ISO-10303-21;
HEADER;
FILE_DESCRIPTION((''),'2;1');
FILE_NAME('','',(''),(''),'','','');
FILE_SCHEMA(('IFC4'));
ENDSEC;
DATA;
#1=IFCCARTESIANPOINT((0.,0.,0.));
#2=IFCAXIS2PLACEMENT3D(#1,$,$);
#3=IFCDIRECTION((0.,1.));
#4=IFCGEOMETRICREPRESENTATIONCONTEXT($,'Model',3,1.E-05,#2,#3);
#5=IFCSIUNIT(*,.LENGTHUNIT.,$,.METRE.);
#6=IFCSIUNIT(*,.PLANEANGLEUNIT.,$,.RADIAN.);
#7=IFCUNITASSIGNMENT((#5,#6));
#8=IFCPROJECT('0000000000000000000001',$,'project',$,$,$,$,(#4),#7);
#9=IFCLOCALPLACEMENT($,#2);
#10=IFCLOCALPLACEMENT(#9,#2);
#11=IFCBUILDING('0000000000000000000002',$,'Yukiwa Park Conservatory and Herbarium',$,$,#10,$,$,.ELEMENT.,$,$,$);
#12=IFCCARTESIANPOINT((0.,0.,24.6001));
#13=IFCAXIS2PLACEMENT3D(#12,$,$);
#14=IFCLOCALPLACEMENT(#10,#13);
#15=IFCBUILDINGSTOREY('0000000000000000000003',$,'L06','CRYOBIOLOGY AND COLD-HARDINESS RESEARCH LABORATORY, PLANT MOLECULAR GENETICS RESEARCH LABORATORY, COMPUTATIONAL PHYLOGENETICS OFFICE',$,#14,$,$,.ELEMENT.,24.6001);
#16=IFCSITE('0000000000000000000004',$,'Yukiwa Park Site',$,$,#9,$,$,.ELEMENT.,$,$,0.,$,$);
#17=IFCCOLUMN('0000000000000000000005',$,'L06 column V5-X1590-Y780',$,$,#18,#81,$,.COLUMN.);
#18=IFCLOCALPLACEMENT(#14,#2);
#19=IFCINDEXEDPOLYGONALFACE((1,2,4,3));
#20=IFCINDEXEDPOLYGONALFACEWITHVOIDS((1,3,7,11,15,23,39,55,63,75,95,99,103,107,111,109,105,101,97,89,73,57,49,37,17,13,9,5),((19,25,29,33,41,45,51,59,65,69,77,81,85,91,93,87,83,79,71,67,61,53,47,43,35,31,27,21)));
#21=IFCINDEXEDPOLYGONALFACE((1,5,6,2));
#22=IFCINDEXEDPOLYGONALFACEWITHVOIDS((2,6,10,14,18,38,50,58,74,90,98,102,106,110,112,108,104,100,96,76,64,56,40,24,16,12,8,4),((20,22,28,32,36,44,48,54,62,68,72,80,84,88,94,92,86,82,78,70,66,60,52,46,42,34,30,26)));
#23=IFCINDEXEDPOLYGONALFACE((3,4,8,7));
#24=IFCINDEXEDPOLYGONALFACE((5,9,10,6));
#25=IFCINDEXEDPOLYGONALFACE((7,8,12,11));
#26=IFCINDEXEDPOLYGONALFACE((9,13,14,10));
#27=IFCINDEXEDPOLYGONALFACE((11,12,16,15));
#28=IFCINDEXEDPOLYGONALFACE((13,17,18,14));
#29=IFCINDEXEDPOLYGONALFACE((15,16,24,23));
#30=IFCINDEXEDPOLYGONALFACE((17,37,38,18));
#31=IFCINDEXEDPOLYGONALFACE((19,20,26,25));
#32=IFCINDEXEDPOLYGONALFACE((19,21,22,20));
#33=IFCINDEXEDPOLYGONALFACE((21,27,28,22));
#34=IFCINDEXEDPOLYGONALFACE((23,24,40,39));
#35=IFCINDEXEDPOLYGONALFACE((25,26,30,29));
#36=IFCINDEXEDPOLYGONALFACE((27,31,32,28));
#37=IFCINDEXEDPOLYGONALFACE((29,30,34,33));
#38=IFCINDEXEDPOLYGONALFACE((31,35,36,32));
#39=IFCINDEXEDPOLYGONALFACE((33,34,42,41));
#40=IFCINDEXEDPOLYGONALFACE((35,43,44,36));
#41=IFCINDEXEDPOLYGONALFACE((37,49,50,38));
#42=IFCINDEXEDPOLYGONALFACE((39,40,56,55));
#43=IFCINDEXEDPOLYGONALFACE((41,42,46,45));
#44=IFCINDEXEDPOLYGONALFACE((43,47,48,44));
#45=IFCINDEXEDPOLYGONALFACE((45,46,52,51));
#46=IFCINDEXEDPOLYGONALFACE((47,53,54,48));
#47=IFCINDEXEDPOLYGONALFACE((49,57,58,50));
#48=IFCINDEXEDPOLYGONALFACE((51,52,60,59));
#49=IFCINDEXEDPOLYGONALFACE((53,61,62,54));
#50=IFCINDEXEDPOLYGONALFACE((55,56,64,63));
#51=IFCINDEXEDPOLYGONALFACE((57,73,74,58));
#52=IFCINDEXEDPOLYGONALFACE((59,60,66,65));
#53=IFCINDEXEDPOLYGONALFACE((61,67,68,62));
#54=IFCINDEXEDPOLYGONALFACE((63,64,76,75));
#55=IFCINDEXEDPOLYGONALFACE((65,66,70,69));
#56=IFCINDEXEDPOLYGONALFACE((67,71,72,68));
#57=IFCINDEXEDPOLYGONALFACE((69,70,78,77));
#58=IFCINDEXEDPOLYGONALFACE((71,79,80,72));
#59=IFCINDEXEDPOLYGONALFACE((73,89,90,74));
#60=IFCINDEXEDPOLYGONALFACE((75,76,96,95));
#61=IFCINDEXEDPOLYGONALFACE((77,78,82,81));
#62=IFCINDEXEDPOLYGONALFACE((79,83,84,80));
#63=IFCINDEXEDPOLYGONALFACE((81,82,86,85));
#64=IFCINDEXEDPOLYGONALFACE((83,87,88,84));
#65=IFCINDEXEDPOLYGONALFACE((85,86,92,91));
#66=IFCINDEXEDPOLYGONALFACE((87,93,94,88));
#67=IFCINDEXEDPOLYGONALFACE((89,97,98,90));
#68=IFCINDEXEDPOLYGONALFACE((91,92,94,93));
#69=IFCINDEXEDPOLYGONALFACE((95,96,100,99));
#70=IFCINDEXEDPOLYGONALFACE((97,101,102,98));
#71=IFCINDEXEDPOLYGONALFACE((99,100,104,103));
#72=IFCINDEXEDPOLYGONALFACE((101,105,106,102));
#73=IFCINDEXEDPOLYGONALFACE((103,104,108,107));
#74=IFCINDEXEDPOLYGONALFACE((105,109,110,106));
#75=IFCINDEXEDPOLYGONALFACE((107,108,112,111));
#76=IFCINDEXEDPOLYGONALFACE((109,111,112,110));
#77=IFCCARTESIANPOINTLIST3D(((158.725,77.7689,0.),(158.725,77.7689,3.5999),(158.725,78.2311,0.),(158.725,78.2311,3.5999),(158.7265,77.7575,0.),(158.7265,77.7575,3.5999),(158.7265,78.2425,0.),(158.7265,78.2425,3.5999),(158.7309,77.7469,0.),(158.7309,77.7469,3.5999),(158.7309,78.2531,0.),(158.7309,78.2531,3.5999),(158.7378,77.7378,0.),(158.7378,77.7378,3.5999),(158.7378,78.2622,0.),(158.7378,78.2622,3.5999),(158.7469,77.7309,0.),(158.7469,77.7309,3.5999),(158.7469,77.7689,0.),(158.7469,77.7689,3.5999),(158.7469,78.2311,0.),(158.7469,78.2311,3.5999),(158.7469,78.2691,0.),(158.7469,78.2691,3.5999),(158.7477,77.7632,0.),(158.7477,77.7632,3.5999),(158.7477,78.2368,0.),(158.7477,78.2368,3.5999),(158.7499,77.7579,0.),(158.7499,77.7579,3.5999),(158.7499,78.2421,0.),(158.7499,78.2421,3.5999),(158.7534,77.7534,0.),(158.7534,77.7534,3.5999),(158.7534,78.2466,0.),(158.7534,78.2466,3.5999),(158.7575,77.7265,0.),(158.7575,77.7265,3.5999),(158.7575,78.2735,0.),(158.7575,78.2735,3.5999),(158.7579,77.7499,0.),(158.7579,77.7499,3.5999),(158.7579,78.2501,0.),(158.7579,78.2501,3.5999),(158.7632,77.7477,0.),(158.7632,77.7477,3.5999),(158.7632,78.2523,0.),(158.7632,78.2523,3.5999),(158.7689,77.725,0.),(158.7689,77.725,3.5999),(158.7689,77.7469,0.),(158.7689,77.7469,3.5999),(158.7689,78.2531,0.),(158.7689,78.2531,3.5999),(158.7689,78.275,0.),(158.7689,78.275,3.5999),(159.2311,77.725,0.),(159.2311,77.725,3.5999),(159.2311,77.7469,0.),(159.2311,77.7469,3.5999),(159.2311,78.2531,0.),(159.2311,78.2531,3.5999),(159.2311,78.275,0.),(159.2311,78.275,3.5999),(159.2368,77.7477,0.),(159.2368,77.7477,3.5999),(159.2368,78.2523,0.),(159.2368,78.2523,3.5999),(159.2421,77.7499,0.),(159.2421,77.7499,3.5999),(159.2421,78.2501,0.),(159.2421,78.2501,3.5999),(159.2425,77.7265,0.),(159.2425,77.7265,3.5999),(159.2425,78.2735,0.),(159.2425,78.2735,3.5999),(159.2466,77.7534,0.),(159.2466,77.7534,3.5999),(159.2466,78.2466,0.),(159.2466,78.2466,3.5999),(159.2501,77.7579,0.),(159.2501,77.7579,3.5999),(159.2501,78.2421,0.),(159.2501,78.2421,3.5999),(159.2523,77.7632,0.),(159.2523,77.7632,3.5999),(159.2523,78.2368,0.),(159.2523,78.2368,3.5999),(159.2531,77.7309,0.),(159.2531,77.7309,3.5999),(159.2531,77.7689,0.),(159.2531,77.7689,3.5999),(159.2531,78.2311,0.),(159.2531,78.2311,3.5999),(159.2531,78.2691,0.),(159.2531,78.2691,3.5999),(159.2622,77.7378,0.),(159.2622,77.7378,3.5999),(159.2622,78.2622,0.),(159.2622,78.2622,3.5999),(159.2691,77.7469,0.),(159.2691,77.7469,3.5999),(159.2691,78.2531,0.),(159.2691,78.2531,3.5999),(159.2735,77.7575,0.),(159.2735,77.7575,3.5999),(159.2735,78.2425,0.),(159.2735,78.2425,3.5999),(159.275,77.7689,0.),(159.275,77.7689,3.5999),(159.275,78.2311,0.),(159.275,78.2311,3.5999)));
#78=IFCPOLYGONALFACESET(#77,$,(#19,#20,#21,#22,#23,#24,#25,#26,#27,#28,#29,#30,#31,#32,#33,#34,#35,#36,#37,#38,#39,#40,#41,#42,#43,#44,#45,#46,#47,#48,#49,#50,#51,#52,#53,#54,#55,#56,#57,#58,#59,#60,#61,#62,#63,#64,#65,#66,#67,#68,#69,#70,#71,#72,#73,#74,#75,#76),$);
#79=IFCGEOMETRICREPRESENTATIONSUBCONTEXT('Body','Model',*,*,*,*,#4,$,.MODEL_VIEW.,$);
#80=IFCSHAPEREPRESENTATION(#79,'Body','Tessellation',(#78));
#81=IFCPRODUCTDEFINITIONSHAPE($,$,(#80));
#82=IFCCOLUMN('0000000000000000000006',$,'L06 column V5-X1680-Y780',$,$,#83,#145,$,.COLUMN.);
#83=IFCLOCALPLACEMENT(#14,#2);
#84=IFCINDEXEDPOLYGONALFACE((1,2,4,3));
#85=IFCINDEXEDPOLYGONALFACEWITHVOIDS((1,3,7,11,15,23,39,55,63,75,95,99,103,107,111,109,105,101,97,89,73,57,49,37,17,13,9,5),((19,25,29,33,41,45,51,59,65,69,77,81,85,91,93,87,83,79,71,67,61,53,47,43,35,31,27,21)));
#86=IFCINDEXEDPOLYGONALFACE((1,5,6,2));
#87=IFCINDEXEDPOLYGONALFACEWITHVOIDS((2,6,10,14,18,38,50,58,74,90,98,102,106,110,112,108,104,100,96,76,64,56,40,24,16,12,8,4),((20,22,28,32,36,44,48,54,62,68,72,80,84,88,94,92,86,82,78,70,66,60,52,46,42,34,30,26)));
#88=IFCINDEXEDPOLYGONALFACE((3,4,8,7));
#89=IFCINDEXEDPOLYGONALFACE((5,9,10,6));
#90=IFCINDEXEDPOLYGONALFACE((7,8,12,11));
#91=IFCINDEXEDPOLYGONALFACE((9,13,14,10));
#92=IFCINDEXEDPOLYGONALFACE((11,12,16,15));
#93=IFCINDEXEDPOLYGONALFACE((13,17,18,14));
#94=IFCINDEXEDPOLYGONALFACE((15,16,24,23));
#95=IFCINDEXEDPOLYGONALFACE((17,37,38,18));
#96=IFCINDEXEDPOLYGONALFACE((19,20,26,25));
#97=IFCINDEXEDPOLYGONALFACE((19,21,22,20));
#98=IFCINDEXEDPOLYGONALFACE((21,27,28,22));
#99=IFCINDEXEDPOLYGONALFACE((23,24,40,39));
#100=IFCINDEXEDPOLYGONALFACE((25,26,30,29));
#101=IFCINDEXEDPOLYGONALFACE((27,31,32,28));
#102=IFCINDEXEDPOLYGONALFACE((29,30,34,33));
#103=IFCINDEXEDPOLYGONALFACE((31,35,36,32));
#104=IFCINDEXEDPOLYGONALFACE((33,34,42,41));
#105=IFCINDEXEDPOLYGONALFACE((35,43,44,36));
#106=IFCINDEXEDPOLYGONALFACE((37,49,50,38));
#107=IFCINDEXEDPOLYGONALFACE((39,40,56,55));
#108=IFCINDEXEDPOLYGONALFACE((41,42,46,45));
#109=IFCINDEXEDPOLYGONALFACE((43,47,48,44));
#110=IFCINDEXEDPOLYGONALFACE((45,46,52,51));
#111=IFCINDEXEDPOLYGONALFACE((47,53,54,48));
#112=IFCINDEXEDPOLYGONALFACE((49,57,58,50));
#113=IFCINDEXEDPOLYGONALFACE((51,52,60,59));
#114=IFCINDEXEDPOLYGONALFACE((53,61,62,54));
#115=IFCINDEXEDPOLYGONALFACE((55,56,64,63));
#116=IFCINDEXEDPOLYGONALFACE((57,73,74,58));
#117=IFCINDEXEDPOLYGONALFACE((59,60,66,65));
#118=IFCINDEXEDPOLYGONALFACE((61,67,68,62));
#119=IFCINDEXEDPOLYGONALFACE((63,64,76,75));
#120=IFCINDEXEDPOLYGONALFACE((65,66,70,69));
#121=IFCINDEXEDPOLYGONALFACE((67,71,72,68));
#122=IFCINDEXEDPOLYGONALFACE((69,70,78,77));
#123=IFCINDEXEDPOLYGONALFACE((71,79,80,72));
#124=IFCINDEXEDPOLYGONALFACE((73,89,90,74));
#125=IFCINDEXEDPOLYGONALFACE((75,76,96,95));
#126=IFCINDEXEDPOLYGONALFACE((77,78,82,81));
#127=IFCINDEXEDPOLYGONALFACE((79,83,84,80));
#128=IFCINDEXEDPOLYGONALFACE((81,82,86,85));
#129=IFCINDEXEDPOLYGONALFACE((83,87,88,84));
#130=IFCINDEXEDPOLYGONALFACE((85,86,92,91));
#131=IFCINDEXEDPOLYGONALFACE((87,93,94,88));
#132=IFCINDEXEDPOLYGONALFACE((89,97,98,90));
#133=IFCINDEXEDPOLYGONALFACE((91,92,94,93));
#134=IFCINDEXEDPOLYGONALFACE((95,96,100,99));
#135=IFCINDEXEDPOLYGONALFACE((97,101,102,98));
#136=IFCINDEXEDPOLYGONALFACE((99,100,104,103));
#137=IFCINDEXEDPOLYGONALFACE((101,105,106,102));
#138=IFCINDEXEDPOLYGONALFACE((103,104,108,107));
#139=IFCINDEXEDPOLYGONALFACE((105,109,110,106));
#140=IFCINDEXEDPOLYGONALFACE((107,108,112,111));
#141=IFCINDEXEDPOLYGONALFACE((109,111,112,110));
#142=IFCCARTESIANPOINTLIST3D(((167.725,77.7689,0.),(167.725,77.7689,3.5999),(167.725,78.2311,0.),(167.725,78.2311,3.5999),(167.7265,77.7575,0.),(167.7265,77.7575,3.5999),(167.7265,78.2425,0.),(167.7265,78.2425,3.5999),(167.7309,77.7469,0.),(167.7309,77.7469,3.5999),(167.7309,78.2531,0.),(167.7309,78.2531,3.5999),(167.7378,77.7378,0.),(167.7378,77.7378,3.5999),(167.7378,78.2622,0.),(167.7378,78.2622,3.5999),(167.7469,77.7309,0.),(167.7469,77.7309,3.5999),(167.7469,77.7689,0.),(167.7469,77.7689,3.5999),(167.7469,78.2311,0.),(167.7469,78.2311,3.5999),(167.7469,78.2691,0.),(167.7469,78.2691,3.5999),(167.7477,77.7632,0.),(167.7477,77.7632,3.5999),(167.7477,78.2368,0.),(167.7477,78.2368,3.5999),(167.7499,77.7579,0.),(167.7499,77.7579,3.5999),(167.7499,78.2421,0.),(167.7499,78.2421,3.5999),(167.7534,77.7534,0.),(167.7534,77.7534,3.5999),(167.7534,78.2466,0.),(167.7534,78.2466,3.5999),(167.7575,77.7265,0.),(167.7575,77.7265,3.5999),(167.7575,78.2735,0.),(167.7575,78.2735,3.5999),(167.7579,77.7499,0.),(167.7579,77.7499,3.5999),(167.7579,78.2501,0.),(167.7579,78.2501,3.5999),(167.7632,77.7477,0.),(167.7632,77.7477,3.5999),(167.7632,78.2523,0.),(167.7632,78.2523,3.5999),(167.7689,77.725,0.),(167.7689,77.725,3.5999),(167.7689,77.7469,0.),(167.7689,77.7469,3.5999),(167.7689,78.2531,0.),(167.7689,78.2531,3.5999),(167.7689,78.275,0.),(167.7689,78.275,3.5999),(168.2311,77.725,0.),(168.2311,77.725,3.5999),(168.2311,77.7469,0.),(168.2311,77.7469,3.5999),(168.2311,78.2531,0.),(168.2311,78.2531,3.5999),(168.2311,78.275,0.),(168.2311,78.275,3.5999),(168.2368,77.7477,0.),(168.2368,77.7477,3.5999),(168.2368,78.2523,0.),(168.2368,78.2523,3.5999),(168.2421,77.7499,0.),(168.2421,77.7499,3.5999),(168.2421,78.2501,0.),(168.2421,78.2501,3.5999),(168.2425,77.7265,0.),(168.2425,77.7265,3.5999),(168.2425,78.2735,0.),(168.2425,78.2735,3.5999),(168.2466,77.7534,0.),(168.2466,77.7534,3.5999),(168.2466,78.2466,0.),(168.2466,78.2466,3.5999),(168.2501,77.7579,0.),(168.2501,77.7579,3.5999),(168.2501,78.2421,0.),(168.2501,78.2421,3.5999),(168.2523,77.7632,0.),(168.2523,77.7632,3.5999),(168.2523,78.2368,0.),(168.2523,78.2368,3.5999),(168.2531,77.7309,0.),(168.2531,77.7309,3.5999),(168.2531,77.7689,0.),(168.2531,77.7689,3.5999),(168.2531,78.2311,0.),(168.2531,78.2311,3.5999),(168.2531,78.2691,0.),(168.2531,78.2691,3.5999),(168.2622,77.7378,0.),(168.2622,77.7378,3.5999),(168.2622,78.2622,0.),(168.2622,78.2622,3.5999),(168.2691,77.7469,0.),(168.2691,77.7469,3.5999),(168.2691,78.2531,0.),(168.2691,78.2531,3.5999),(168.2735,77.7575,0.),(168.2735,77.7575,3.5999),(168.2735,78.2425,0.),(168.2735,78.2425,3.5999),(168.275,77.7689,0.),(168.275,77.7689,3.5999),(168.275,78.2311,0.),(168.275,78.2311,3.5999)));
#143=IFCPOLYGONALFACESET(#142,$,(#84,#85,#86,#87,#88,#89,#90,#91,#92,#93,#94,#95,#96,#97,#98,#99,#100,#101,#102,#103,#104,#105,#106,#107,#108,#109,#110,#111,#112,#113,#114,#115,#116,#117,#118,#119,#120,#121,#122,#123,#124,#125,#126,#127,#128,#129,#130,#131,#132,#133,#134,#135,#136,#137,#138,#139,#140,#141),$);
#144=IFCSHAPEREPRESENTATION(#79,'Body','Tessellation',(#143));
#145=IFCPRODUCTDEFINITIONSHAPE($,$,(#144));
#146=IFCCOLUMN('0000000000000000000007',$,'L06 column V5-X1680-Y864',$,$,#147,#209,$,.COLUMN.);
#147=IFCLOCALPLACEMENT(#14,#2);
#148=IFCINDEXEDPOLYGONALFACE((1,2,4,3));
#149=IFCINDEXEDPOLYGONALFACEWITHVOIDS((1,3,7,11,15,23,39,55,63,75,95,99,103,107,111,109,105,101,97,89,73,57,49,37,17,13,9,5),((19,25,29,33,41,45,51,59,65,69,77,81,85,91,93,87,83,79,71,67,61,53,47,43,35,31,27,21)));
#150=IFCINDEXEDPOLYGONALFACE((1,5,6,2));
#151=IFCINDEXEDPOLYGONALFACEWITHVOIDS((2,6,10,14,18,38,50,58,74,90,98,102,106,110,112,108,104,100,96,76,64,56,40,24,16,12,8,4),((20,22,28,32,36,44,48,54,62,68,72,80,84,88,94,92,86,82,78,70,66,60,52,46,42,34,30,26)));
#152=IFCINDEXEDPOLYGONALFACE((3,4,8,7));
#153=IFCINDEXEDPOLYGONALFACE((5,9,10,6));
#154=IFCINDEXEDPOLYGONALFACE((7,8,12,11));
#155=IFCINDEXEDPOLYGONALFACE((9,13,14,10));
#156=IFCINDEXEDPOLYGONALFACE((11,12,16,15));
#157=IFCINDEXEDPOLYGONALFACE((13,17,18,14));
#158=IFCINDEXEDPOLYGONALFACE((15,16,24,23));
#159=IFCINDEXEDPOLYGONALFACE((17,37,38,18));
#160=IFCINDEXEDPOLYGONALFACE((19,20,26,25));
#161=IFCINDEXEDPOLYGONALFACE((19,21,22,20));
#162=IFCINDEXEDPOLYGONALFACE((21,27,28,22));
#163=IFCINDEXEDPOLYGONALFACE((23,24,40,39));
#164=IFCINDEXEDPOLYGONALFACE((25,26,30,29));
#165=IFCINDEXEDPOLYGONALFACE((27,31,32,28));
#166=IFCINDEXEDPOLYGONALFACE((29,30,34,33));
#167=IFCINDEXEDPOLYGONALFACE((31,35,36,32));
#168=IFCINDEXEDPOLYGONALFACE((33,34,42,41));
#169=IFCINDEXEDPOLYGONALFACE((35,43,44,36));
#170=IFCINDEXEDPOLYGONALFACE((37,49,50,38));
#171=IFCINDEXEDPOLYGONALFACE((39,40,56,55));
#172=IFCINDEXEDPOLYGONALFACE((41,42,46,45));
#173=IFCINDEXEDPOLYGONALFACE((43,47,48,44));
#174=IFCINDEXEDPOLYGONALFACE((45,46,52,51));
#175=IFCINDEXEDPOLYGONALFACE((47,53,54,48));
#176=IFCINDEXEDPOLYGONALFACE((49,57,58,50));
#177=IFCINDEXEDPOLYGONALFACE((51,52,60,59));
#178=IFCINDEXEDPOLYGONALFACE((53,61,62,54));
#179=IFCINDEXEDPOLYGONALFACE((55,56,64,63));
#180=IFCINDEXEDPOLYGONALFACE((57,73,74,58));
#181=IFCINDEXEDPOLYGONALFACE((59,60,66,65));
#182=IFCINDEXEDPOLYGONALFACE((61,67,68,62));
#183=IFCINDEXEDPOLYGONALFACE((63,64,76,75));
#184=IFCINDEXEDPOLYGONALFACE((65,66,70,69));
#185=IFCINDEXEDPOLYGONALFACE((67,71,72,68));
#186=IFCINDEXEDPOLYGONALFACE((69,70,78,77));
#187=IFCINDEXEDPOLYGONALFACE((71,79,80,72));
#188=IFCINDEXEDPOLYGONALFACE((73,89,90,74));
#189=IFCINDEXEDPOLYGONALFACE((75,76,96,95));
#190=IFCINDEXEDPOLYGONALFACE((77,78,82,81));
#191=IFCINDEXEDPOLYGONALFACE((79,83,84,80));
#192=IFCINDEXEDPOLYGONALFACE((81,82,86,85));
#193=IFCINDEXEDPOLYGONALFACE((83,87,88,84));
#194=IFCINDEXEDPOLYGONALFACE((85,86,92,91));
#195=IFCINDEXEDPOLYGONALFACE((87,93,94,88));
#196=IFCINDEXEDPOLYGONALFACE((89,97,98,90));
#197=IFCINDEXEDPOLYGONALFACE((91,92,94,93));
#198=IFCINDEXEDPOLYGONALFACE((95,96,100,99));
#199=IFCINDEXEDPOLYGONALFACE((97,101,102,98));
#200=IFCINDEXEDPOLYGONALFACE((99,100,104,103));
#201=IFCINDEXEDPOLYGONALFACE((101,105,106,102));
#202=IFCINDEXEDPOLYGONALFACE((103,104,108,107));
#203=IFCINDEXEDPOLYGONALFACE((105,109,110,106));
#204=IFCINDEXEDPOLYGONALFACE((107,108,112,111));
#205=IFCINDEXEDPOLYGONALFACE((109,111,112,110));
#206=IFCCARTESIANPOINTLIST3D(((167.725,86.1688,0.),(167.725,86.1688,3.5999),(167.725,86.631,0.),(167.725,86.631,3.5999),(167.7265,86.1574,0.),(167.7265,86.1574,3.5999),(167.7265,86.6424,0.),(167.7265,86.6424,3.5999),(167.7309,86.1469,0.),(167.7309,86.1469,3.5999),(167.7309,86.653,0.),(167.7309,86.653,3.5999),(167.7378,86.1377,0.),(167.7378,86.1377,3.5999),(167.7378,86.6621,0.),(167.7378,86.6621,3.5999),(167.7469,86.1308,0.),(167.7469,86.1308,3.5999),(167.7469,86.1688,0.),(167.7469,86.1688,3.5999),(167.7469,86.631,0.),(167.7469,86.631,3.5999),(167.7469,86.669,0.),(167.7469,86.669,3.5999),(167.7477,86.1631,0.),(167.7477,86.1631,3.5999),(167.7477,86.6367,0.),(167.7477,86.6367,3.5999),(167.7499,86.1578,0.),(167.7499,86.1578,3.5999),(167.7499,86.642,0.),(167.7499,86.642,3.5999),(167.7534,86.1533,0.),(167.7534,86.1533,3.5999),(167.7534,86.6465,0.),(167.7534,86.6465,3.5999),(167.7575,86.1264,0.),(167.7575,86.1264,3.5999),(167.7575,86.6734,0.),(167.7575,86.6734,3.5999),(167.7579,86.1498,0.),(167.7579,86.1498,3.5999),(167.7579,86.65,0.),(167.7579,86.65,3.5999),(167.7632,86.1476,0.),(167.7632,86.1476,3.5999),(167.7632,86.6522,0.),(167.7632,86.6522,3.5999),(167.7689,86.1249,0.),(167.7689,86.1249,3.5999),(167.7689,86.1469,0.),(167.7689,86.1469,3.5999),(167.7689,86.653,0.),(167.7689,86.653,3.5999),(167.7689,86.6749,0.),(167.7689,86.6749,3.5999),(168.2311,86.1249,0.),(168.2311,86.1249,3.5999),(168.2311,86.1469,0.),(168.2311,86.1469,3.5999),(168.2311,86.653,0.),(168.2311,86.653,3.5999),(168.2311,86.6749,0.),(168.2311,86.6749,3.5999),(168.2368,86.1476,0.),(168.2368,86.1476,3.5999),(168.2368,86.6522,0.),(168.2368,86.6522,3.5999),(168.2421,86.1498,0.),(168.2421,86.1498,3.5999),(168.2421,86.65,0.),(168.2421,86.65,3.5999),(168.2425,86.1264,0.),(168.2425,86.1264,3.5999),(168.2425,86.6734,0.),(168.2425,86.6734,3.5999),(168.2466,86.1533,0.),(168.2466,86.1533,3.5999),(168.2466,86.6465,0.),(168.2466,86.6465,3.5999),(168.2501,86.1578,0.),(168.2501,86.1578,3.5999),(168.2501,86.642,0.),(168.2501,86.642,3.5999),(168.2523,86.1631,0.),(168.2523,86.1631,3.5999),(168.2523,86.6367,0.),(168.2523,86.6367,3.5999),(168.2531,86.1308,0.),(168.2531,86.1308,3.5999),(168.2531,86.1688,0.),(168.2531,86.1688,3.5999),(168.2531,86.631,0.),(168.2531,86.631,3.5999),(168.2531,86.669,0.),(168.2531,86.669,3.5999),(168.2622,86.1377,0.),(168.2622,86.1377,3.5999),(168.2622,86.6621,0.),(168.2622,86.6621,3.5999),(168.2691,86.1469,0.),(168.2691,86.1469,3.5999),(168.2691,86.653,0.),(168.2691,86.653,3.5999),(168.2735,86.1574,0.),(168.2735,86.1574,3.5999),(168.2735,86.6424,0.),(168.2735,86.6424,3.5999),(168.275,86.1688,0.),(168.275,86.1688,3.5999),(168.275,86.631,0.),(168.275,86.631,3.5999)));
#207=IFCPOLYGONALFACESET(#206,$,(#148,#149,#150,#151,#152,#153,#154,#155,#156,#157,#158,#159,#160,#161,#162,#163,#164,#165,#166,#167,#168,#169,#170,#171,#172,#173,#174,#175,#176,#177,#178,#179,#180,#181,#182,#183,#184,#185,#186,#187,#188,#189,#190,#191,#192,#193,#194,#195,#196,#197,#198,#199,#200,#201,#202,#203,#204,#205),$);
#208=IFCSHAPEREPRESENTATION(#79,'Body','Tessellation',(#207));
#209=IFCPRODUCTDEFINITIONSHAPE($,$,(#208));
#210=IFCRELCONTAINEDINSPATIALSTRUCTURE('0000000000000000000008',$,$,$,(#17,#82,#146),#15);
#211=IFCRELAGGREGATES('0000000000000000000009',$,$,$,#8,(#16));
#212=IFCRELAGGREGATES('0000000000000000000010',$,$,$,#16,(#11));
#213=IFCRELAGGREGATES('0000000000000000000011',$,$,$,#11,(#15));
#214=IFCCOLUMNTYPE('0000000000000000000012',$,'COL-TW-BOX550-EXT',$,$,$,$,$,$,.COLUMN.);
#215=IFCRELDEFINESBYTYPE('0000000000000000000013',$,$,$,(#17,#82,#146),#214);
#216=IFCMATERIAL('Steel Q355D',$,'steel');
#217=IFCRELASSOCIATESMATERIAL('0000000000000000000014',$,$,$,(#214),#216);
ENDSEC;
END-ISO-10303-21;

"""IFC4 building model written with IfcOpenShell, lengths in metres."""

from ifc_helpers import new_model, si_unit, direction, frame, origin, origin_2d, place, context, subcontext, project, spatial, hollow_rectangle, extrude, material, material_profile, profile_set, type_object, element, save


model = new_model("IFC4")

# Units and contexts
model_context = context("Model", 3, precision=1e-05, world=origin(), true_north=direction((0.0, 1.0)))
body_context = subcontext(model_context, "Body", "Model", "MODEL_VIEW")
ifc_project = project(units=[si_unit("LENGTHUNIT", "METRE"), si_unit("PLANEANGLEUNIT", "RADIAN")], contexts=[model_context])

# Site, building, storey
site_placement = place(None, origin())
site = spatial("IfcSite", under=ifc_project, at=site_placement, Name="Yukiwa Park Site", CompositionType="ELEMENT", RefElevation=0.0)
building_placement = place(site_placement, origin())
building = spatial("IfcBuilding", under=site, at=building_placement, Name="Yukiwa Park Conservatory and Herbarium", CompositionType="ELEMENT")
storey_placement = place(building_placement, frame((0.0, 0.0, 24.6001)))
storey = spatial("IfcBuildingStorey", under=building, at=storey_placement, Name="L06", Description="CRYOBIOLOGY AND COLD-HARDINESS RESEARCH LABORATORY, PLANT MOLECULAR GENETICS RESEARCH LABORATORY, COMPUTATIONAL PHYLOGENETICS OFFICE", CompositionType="ELEMENT", Elevation=24.6001)

# Columns
ifc_material_1 = material(Name="Steel Q355D", Category="steel")
ifc_material_profile_1 = material_profile(ifc_material_1, hollow_rectangle(XDim=0.55, YDim=0.55, WallThickness=0.022, InnerFilletRadius=0.022, OuterFilletRadius=0.0439, at=origin_2d()), Name="BOX 550x550x22")
ifc_profile_set_1 = profile_set([ifc_material_profile_1], Name="Steel Q355D")
column_type_1 = type_object("IfcColumnType", Name="COL-TW-BOX550-EXT", PredefinedType="COLUMN", material=ifc_profile_set_1)
for number, where, z_axis, x_axis, name in (
    (1, (159.0, 78.0, 0.0), (0.0, 0.0, 1.0), (1.0, 0.0, 0.0), "L06 column V5-X1590-Y780"),
    (2, (168.0, 78.0, 0.0), (0.0, 0.0, 1.0), (1.0, 0.0, 0.0), "L06 column V5-X1680-Y780"),
    (3, (168.0, 86.3999, 0.0), (0.0, 0.0, 1.0), (1.0, 0.0, 0.0), "L06 column V5-X1680-Y864"),
):
    element("IfcColumn", number, at=place(storey_placement, frame(where, z_axis=z_axis, x_axis=x_axis)), inside=storey, type_object=column_type_1, Name=name, PredefinedType="COLUMN", context=body_context, shape_type="SweptSolid", body=[
        extrude(hollow_rectangle(XDim=0.55, YDim=0.55, WallThickness=0.022, InnerFilletRadius=0.022, OuterFilletRadius=0.0439, at=origin_2d()), origin(), (0.0, 0.0, 1.0), 3.5999),
    ])

save(model, "model.ifc")
